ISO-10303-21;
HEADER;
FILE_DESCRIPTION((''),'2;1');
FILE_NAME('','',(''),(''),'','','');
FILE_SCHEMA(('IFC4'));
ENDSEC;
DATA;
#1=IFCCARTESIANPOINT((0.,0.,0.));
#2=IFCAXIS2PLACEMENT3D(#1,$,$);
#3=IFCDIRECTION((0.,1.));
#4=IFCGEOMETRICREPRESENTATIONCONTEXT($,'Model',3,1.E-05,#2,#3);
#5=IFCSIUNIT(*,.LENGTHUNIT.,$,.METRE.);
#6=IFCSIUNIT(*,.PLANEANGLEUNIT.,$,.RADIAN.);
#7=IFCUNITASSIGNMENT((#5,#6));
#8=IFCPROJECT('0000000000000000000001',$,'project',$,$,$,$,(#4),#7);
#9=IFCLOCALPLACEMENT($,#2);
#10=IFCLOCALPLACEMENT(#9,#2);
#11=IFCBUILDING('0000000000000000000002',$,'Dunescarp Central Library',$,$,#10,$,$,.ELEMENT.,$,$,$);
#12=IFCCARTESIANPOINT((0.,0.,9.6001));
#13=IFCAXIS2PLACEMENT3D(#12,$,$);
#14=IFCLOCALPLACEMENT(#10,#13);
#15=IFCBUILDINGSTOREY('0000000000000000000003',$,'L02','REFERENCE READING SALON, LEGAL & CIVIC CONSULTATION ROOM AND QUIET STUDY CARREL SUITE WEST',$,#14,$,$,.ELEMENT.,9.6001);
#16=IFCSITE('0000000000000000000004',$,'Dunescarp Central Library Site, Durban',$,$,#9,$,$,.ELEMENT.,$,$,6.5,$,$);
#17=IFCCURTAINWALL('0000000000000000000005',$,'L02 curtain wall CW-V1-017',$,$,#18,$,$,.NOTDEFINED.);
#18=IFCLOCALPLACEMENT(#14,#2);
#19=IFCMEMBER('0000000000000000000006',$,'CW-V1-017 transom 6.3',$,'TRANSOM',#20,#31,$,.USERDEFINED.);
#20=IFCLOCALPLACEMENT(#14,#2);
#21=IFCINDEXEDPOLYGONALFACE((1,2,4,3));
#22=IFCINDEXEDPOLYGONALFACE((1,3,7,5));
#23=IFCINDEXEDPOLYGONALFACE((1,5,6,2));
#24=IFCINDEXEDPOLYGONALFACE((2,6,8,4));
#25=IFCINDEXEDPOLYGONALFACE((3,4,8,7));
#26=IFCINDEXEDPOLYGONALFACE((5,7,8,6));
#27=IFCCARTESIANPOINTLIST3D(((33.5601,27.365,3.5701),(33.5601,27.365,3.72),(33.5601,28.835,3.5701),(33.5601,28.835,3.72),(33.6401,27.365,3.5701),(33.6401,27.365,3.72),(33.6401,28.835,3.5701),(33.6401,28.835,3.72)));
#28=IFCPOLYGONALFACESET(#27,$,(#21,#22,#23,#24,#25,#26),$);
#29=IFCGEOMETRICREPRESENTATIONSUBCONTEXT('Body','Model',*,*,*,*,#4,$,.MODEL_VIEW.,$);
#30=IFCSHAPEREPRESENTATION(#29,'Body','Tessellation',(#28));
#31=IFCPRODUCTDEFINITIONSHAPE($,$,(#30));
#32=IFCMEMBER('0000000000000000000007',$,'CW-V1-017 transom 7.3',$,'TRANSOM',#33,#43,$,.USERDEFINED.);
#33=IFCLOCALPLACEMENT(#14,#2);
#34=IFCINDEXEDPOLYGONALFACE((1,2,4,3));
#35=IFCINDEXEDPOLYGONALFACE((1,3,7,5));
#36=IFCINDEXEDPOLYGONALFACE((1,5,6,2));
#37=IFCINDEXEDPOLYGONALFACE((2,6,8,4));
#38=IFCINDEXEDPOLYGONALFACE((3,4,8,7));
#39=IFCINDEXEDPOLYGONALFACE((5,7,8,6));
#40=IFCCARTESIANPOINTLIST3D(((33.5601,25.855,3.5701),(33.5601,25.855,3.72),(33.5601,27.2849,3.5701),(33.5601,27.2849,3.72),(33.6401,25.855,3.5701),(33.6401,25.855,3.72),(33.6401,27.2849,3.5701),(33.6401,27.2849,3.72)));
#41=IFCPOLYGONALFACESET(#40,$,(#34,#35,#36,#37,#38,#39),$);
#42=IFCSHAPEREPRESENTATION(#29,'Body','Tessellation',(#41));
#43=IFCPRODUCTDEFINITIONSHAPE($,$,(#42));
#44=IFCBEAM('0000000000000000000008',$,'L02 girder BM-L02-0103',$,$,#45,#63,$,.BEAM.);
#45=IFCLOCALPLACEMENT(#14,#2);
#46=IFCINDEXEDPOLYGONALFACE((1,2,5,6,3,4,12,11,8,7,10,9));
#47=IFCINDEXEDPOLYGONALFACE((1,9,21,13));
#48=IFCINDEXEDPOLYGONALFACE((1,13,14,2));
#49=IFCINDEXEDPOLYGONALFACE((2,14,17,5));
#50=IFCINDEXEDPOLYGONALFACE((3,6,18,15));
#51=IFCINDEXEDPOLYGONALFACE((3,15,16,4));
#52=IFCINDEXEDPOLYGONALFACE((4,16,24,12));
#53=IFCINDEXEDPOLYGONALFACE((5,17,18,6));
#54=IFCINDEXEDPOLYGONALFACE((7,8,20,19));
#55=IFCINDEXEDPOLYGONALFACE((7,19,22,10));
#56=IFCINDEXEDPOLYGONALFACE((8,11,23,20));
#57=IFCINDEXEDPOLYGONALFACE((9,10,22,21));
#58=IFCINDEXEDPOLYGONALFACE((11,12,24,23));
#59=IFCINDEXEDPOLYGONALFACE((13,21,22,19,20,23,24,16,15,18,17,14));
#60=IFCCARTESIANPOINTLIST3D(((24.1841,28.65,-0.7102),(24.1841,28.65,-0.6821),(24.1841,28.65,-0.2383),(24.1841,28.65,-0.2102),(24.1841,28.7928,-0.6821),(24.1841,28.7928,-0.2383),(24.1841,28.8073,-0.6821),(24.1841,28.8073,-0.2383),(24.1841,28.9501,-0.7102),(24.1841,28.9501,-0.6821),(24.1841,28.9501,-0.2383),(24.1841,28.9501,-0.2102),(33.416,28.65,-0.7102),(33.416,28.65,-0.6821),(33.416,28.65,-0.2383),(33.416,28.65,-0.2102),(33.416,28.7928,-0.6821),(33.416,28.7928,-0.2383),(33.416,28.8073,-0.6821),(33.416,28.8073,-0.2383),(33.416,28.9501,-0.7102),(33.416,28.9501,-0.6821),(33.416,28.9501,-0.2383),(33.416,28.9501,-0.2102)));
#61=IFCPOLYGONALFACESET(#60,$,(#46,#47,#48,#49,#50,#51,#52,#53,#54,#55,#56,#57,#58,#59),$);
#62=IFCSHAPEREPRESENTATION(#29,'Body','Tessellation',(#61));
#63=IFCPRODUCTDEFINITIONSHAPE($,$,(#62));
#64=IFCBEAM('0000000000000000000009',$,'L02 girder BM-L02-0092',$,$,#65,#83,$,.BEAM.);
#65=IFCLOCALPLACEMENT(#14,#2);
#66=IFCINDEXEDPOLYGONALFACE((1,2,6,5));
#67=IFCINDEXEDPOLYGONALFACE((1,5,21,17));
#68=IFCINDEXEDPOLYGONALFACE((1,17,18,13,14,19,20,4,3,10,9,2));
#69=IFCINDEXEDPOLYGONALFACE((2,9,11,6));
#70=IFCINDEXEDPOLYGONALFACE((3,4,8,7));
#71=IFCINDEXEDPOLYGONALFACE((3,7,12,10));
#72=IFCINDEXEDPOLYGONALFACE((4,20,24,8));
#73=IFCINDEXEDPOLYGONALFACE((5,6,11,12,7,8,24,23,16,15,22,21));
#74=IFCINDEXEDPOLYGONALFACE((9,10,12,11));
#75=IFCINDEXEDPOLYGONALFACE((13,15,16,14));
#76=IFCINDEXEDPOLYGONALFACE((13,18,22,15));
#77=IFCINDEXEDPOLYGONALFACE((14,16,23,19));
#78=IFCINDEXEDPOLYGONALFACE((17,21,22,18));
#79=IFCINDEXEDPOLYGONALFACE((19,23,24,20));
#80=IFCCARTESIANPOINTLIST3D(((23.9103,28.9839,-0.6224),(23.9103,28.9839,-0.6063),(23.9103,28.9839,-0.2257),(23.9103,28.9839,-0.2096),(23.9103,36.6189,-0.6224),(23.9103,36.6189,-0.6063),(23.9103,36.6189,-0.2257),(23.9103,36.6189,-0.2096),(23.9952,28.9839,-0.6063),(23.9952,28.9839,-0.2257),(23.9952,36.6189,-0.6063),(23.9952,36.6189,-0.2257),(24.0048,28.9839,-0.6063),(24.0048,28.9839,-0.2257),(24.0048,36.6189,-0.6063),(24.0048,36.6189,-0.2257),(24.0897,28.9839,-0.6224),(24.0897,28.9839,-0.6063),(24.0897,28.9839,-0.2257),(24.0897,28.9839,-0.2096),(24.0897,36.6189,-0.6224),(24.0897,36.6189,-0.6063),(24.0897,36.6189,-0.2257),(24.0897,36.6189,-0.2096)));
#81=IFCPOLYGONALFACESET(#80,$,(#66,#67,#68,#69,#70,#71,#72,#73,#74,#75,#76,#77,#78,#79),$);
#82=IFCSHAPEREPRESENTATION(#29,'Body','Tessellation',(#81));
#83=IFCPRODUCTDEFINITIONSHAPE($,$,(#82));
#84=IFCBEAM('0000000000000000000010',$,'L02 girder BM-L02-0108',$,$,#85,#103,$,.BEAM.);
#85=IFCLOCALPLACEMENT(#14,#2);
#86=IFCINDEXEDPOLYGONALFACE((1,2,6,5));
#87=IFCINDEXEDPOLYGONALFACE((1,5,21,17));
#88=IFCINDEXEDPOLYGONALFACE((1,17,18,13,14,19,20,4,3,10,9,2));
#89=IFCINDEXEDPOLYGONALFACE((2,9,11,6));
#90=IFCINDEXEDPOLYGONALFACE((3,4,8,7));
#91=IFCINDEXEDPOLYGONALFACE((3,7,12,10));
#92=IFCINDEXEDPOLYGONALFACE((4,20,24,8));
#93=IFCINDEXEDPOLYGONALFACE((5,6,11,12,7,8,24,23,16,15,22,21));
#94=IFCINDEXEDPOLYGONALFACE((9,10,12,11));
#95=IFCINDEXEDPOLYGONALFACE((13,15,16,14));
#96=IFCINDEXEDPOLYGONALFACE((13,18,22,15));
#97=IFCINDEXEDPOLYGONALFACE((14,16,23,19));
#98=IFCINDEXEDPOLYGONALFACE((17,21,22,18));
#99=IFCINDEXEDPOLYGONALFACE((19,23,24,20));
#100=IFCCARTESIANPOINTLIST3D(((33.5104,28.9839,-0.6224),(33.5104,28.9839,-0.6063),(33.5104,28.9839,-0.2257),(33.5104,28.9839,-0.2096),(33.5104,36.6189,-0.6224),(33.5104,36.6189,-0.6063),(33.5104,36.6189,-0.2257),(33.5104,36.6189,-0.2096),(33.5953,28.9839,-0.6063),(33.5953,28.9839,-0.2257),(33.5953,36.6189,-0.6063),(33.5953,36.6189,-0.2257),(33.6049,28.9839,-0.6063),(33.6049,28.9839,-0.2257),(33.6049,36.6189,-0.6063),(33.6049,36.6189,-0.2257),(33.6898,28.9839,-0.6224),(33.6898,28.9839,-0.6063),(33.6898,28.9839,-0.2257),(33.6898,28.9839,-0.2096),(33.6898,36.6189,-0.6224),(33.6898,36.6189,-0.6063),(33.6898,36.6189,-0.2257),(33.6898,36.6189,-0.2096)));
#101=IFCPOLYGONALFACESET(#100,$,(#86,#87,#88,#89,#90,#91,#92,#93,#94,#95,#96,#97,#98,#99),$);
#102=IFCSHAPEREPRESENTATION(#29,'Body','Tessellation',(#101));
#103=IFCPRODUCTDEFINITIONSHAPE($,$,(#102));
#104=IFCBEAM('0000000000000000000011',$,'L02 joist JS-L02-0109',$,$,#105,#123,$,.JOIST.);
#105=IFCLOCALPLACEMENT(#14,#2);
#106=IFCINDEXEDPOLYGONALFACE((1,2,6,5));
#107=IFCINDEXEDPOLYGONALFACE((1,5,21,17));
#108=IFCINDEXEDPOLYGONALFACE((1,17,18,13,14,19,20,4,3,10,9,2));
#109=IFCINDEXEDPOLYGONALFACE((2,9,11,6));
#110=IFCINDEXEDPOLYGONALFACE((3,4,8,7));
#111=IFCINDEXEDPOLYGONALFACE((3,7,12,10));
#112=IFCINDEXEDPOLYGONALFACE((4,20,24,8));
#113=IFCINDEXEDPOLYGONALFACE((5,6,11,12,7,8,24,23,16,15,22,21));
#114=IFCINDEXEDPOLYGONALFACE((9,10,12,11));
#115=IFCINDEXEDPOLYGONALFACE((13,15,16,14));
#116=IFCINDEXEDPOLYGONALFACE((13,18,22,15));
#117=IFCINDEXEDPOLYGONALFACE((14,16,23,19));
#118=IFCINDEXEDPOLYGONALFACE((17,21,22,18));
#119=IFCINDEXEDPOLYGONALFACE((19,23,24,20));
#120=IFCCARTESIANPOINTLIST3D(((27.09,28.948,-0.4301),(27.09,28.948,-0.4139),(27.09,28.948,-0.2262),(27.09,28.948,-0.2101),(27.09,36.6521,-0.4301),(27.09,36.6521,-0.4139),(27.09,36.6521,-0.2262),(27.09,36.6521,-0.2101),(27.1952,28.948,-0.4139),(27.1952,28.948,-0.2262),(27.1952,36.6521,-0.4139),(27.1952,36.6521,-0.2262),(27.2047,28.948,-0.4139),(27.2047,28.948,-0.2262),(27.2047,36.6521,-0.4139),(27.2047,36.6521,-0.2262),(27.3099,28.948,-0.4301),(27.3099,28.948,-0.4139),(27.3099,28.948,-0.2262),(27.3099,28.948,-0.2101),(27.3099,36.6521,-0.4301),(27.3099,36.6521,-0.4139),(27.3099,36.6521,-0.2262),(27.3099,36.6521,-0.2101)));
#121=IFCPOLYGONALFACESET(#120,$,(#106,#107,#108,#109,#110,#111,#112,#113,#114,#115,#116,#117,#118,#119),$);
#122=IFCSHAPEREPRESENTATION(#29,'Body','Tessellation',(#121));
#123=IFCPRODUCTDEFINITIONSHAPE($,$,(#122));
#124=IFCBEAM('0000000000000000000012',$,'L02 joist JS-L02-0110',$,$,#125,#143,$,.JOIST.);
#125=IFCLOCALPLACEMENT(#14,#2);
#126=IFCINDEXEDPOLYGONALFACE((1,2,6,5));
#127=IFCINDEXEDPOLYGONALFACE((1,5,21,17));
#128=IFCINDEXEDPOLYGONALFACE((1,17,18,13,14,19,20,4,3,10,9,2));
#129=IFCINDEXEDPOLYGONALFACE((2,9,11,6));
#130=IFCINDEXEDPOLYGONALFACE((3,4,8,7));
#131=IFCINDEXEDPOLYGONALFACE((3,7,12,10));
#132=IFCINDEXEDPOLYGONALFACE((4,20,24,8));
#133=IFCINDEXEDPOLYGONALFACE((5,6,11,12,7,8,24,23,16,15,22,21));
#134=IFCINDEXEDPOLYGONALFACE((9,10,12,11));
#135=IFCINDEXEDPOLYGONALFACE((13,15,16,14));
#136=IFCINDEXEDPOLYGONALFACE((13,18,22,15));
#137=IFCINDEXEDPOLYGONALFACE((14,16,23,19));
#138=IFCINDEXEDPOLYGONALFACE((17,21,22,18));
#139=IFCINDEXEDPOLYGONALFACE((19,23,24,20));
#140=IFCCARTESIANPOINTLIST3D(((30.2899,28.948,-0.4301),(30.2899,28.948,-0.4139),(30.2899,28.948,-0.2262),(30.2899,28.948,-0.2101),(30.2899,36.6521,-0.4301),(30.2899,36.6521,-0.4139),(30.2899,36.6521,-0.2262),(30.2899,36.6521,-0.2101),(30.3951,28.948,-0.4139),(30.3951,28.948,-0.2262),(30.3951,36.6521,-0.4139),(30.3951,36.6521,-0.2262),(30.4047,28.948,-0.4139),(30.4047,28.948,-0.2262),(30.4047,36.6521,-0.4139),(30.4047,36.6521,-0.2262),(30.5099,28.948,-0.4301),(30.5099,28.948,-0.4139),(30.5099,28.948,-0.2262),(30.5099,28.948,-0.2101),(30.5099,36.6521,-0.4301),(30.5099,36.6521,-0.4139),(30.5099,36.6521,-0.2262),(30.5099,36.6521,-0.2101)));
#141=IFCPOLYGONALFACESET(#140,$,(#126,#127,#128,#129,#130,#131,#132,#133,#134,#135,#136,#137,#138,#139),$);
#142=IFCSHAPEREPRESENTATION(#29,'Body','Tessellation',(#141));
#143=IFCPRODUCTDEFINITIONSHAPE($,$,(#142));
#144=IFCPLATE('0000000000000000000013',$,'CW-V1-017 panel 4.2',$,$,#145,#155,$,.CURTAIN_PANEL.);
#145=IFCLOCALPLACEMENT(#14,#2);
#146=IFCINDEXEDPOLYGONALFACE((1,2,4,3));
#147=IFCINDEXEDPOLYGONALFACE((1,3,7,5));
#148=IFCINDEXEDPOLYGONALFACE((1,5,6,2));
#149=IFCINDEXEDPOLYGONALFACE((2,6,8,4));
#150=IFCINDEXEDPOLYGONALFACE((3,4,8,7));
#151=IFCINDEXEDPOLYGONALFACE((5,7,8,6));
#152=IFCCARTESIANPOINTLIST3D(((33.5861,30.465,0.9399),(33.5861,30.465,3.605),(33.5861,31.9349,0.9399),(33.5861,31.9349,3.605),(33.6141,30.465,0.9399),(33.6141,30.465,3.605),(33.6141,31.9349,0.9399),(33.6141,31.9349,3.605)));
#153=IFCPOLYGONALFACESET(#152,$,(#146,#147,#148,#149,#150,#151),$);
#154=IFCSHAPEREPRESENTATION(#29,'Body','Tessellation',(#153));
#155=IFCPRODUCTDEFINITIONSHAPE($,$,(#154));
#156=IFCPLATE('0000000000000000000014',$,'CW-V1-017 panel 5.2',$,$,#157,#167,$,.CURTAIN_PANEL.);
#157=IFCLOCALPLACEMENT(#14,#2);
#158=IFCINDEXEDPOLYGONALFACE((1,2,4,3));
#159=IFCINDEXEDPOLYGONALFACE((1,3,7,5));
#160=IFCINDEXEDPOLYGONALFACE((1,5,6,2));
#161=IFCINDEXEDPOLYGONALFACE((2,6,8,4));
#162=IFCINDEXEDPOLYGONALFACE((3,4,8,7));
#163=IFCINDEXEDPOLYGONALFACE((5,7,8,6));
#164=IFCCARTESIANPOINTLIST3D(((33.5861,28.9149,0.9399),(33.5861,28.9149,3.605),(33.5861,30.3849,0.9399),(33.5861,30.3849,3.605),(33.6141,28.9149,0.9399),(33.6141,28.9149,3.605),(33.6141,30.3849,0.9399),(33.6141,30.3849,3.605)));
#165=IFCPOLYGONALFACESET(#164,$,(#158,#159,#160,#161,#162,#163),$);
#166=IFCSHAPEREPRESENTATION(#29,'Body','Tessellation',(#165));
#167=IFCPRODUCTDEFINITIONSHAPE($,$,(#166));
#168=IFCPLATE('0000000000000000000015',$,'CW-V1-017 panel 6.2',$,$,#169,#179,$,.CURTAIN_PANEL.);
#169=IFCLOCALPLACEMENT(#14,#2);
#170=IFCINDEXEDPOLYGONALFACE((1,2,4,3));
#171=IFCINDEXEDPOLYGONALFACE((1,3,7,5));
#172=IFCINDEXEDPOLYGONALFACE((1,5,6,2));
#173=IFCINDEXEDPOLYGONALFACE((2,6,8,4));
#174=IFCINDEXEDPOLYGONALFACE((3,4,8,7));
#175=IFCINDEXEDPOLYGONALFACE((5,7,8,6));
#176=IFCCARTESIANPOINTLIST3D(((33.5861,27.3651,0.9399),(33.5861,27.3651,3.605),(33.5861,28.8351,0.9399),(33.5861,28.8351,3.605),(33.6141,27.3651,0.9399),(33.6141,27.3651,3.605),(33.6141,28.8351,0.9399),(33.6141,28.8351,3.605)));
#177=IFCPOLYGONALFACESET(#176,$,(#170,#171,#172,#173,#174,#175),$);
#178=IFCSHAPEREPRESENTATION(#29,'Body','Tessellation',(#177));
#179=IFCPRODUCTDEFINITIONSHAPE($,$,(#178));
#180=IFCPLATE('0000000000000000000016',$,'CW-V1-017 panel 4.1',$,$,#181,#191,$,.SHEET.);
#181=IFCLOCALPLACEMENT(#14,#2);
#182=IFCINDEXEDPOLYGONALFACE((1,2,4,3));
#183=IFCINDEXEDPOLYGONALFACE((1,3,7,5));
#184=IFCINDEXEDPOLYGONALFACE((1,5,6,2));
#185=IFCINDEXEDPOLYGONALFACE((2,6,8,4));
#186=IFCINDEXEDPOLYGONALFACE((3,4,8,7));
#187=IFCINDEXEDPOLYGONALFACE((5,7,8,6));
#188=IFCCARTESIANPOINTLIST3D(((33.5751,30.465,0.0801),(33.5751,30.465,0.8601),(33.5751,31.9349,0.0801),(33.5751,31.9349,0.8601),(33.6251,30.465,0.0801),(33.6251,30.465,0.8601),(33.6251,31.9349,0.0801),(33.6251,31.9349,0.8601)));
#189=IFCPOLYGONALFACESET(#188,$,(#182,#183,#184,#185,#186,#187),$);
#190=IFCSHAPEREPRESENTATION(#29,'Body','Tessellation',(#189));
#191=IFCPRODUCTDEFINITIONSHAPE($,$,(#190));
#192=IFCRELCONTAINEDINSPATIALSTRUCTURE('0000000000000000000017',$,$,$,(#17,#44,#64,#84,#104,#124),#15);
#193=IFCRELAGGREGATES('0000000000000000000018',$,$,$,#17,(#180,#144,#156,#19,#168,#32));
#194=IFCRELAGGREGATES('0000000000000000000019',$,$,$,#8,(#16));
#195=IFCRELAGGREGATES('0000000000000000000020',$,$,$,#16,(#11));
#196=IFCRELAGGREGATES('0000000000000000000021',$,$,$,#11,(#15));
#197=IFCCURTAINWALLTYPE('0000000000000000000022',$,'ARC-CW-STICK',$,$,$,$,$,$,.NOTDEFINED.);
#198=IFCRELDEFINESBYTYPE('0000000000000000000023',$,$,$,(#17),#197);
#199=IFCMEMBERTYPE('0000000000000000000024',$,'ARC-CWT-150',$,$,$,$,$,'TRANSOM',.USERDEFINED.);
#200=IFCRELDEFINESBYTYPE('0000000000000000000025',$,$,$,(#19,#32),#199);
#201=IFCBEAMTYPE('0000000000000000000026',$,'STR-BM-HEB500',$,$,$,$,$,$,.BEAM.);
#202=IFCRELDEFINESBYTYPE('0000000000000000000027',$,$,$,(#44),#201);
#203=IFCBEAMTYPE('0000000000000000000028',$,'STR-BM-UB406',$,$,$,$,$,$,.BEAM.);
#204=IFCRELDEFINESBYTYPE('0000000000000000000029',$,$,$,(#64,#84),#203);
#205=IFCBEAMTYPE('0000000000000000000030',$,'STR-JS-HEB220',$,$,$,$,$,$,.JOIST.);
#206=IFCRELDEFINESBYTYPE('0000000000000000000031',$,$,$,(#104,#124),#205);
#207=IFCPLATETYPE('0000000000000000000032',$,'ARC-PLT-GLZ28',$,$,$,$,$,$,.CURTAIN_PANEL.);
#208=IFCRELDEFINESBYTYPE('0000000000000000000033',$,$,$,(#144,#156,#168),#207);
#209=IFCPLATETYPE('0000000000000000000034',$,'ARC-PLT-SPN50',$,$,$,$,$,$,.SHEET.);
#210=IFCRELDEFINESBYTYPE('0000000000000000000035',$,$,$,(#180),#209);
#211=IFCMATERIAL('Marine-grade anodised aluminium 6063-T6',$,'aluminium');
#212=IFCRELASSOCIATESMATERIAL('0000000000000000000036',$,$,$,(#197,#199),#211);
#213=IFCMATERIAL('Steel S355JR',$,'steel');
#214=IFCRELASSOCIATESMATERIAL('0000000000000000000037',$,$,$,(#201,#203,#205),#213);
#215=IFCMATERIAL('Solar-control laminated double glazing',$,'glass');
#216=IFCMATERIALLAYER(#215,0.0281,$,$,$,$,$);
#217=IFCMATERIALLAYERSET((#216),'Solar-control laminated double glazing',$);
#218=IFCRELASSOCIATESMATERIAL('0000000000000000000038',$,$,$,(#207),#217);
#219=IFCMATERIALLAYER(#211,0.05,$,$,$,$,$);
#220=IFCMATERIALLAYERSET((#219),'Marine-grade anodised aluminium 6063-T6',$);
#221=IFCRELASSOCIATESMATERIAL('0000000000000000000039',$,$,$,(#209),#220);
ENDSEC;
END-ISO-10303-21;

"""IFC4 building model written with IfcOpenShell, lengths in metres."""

from ifc_helpers import new_model, si_unit, direction, frame, origin, origin_2d, place, context, subcontext, project, spatial, rectangle, i_section, extrude, material, layer, layer_set, material_profile, profile_set, type_object, element, aggregate, save


model = new_model("IFC4")

# Units and contexts
model_context = context("Model", 3, precision=1e-05, world=origin(), true_north=direction((0.0, 1.0)))
body_context = subcontext(model_context, "Body", "Model", "MODEL_VIEW")
ifc_project = project(units=[si_unit("LENGTHUNIT", "METRE"), si_unit("PLANEANGLEUNIT", "RADIAN")], contexts=[model_context])

# Site, building, storey
site_placement = place(None, origin())
site = spatial("IfcSite", under=ifc_project, at=site_placement, Name="Dunescarp Central Library Site, Durban", CompositionType="ELEMENT", RefElevation=6.5)
building_placement = place(site_placement, origin())
building = spatial("IfcBuilding", under=site, at=building_placement, Name="Dunescarp Central Library", CompositionType="ELEMENT")
storey_placement = place(building_placement, frame((0.0, 0.0, 9.6001)))
storey = spatial("IfcBuildingStorey", under=building, at=storey_placement, Name="L02", Description="REFERENCE READING SALON, LEGAL & CIVIC CONSULTATION ROOM AND QUIET STUDY CARREL SUITE WEST", CompositionType="ELEMENT", Elevation=9.6001)

# Shared definitions
ifc_material_1 = material(Name="Steel S355JR", Category="steel")

# Curtain wall, members
ifc_material_2 = material(Name="Marine-grade anodised aluminium 6063-T6", Category="aluminium")
curtain_wall_type = type_object("IfcCurtainWallType", Name="ARC-CW-STICK", PredefinedType="NOTDEFINED", material=ifc_material_2)
curtain_wall_placement = place(storey_placement, origin())
curtain_wall = element("IfcCurtainWall", 1, at=curtain_wall_placement, inside=storey, type_object=curtain_wall_type, Name="L02 curtain wall CW-V1-017", PredefinedType="NOTDEFINED")
ifc_material_profile_1 = material_profile(ifc_material_2, rectangle(XDim=0.0801, YDim=0.1499, at=origin_2d()), Name="AL 80x150")
ifc_profile_set_1 = profile_set([ifc_material_profile_1], Name="Marine-grade anodised aluminium 6063-T6")
member_type_1 = type_object("IfcMemberType", Name="ARC-CWT-150", ElementType="TRANSOM", PredefinedType="USERDEFINED", material=ifc_profile_set_1)
member_1_placement = place(storey_placement, frame((33.6001, 28.835, 3.645), z_axis=(0.0, -1.0, 0.0), x_axis=(1.0, 0.0, 0.0)))
member_1 = element("IfcMember", 2, at=member_1_placement, type_object=member_type_1, Name="CW-V1-017 transom 6.3", ObjectType="TRANSOM", PredefinedType="USERDEFINED", context=body_context, shape_type="SweptSolid", body=[
    extrude(rectangle(XDim=0.0801, YDim=0.1499, at=origin_2d()), origin(), (0.0, 0.0, 1.0), 1.47),
])
member_2_placement = place(storey_placement, frame((33.6001, 27.2849, 3.645), z_axis=(0.0, -1.0, 0.0), x_axis=(1.0, 0.0, 0.0)))
member_2 = element("IfcMember", 3, at=member_2_placement, type_object=member_type_1, Name="CW-V1-017 transom 7.3", ObjectType="TRANSOM", PredefinedType="USERDEFINED", context=body_context, shape_type="SweptSolid", body=[
    extrude(rectangle(XDim=0.0801, YDim=0.1499, at=origin_2d()), origin(), (0.0, 0.0, 1.0), 1.4299),
])

# Beams
ifc_material_profile_2 = material_profile(ifc_material_1, i_section(OverallWidth=0.3, OverallDepth=0.5, WebThickness=0.0144, FlangeThickness=0.0281, at=origin_2d()), Name="HEB 500")
ifc_profile_set_2 = profile_set([ifc_material_profile_2], Name="Steel S355JR")
beam_type_1 = type_object("IfcBeamType", Name="STR-BM-HEB500", PredefinedType="BEAM", material=ifc_profile_set_2)
beam_placement = place(storey_placement, frame((24.1841, 28.8, -0.4602), z_axis=(1.0, 0.0, 0.0), x_axis=(0.0, 1.0, 0.0)))
element("IfcBeam", 4, at=beam_placement, inside=storey, type_object=beam_type_1, Name="L02 girder BM-L02-0103", PredefinedType="BEAM", context=body_context, shape_type="SweptSolid", body=[
    extrude(i_section(OverallWidth=0.3, OverallDepth=0.5, WebThickness=0.0144, FlangeThickness=0.0281, at=origin_2d()), origin(), (0.0, 0.0, 1.0), 9.2319),
])
ifc_material_profile_3 = material_profile(ifc_material_1, i_section(OverallWidth=0.1794, OverallDepth=0.4128, WebThickness=0.0095, FlangeThickness=0.0161, at=origin_2d()), Name="UB 406x178x74")
ifc_profile_set_3 = profile_set([ifc_material_profile_3], Name="Steel S355JR")
beam_type_2 = type_object("IfcBeamType", Name="STR-BM-UB406", PredefinedType="BEAM", material=ifc_profile_set_3)
for number, where, z_axis, x_axis, name in (
    (5, (24.0, 28.9839, -0.416), (0.0, 1.0, 0.0), (-1.0, 0.0, 0.0), "L02 girder BM-L02-0092"),
    (6, (33.6001, 28.9839, -0.416), (0.0, 1.0, 0.0), (-1.0, 0.0, 0.0), "L02 girder BM-L02-0108"),
):
    element("IfcBeam", number, at=place(storey_placement, frame(where, z_axis=z_axis, x_axis=x_axis)), inside=storey, type_object=beam_type_2, Name=name, PredefinedType="BEAM", context=body_context, shape_type="SweptSolid", body=[
        extrude(i_section(OverallWidth=0.1794, OverallDepth=0.4128, WebThickness=0.0095, FlangeThickness=0.0161, at=origin_2d()), origin(), (0.0, 0.0, 1.0), 7.635),
    ])
ifc_material_profile_4 = material_profile(ifc_material_1, i_section(OverallWidth=0.22, OverallDepth=0.22, WebThickness=0.0095, FlangeThickness=0.0161, at=origin_2d()), Name="HEB 220")
ifc_profile_set_4 = profile_set([ifc_material_profile_4], Name="Steel S355JR")
beam_type_3 = type_object("IfcBeamType", Name="STR-JS-HEB220", PredefinedType="JOIST", material=ifc_profile_set_4)
for number, where, z_axis, x_axis, name in (
    (7, (27.2, 28.948, -0.3201), (0.0, 1.0, 0.0), (-1.0, 0.0, 0.0), "L02 joist JS-L02-0109"),
    (8, (30.3999, 28.948, -0.3201), (0.0, 1.0, 0.0), (-1.0, 0.0, 0.0), "L02 joist JS-L02-0110"),
):
    element("IfcBeam", number, at=place(storey_placement, frame(where, z_axis=z_axis, x_axis=x_axis)), inside=storey, type_object=beam_type_3, Name=name, PredefinedType="JOIST", context=body_context, shape_type="SweptSolid", body=[
        extrude(i_section(OverallWidth=0.22, OverallDepth=0.22, WebThickness=0.0095, FlangeThickness=0.0161, at=origin_2d()), origin(), (0.0, 0.0, 1.0), 7.7041),
    ])

# Plates
ifc_material_3 = material(Name="Solar-control laminated double glazing", Category="glass")
ifc_layer_1 = layer(ifc_material_3, 0.0281)
ifc_layer_set_1 = layer_set([ifc_layer_1], Name="Solar-control laminated double glazing")
plate_type_1 = type_object("IfcPlateType", Name="ARC-PLT-GLZ28", PredefinedType="CURTAIN_PANEL", material=ifc_layer_set_1)
plate_1_placement = place(storey_placement, frame((33.6001, 31.2, 0.9399), z_axis=(0.0, 0.0, 1.0), x_axis=(0.0, -1.0, 0.0)))
plate_1 = element("IfcPlate", 9, at=plate_1_placement, type_object=plate_type_1, Name="CW-V1-017 panel 4.2", PredefinedType="CURTAIN_PANEL", context=body_context, shape_type="SweptSolid", body=[
    extrude(rectangle(XDim=1.47, YDim=0.0281, at=origin_2d()), origin(), (0.0, 0.0, 1.0), 2.665),
])
plate_2_placement = place(storey_placement, frame((33.6001, 29.6499, 0.9399), z_axis=(0.0, 0.0, 1.0), x_axis=(0.0, -1.0, 0.0)))
plate_2 = element("IfcPlate", 10, at=plate_2_placement, type_object=plate_type_1, Name="CW-V1-017 panel 5.2", PredefinedType="CURTAIN_PANEL", context=body_context, shape_type="SweptSolid", body=[
    extrude(rectangle(XDim=1.47, YDim=0.0281, at=origin_2d()), origin(), (0.0, 0.0, 1.0), 2.665),
])
plate_3_placement = place(storey_placement, frame((33.6001, 28.1001, 0.9399), z_axis=(0.0, 0.0, 1.0), x_axis=(0.0, -1.0, 0.0)))
plate_3 = element("IfcPlate", 11, at=plate_3_placement, type_object=plate_type_1, Name="CW-V1-017 panel 6.2", PredefinedType="CURTAIN_PANEL", context=body_context, shape_type="SweptSolid", body=[
    extrude(rectangle(XDim=1.47, YDim=0.0281, at=origin_2d()), origin(), (0.0, 0.0, 1.0), 2.665),
])
ifc_layer_2 = layer(ifc_material_2, 0.05)
ifc_layer_set_2 = layer_set([ifc_layer_2], Name="Marine-grade anodised aluminium 6063-T6")
plate_type_2 = type_object("IfcPlateType", Name="ARC-PLT-SPN50", PredefinedType="SHEET", material=ifc_layer_set_2)
plate_4_placement = place(storey_placement, frame((33.6001, 31.2, 0.0801), z_axis=(0.0, 0.0, 1.0), x_axis=(0.0, -1.0, 0.0)))
plate_4 = element("IfcPlate", 12, at=plate_4_placement, type_object=plate_type_2, Name="CW-V1-017 panel 4.1", PredefinedType="SHEET", context=body_context, shape_type="SweptSolid", body=[
    extrude(rectangle(XDim=1.47, YDim=0.05, at=origin_2d()), origin(), (0.0, 0.0, 1.0), 0.78),
])
aggregate(curtain_wall, [plate_4, plate_1, plate_2, member_1, plate_3, member_2])

save(model, "model.ifc")
